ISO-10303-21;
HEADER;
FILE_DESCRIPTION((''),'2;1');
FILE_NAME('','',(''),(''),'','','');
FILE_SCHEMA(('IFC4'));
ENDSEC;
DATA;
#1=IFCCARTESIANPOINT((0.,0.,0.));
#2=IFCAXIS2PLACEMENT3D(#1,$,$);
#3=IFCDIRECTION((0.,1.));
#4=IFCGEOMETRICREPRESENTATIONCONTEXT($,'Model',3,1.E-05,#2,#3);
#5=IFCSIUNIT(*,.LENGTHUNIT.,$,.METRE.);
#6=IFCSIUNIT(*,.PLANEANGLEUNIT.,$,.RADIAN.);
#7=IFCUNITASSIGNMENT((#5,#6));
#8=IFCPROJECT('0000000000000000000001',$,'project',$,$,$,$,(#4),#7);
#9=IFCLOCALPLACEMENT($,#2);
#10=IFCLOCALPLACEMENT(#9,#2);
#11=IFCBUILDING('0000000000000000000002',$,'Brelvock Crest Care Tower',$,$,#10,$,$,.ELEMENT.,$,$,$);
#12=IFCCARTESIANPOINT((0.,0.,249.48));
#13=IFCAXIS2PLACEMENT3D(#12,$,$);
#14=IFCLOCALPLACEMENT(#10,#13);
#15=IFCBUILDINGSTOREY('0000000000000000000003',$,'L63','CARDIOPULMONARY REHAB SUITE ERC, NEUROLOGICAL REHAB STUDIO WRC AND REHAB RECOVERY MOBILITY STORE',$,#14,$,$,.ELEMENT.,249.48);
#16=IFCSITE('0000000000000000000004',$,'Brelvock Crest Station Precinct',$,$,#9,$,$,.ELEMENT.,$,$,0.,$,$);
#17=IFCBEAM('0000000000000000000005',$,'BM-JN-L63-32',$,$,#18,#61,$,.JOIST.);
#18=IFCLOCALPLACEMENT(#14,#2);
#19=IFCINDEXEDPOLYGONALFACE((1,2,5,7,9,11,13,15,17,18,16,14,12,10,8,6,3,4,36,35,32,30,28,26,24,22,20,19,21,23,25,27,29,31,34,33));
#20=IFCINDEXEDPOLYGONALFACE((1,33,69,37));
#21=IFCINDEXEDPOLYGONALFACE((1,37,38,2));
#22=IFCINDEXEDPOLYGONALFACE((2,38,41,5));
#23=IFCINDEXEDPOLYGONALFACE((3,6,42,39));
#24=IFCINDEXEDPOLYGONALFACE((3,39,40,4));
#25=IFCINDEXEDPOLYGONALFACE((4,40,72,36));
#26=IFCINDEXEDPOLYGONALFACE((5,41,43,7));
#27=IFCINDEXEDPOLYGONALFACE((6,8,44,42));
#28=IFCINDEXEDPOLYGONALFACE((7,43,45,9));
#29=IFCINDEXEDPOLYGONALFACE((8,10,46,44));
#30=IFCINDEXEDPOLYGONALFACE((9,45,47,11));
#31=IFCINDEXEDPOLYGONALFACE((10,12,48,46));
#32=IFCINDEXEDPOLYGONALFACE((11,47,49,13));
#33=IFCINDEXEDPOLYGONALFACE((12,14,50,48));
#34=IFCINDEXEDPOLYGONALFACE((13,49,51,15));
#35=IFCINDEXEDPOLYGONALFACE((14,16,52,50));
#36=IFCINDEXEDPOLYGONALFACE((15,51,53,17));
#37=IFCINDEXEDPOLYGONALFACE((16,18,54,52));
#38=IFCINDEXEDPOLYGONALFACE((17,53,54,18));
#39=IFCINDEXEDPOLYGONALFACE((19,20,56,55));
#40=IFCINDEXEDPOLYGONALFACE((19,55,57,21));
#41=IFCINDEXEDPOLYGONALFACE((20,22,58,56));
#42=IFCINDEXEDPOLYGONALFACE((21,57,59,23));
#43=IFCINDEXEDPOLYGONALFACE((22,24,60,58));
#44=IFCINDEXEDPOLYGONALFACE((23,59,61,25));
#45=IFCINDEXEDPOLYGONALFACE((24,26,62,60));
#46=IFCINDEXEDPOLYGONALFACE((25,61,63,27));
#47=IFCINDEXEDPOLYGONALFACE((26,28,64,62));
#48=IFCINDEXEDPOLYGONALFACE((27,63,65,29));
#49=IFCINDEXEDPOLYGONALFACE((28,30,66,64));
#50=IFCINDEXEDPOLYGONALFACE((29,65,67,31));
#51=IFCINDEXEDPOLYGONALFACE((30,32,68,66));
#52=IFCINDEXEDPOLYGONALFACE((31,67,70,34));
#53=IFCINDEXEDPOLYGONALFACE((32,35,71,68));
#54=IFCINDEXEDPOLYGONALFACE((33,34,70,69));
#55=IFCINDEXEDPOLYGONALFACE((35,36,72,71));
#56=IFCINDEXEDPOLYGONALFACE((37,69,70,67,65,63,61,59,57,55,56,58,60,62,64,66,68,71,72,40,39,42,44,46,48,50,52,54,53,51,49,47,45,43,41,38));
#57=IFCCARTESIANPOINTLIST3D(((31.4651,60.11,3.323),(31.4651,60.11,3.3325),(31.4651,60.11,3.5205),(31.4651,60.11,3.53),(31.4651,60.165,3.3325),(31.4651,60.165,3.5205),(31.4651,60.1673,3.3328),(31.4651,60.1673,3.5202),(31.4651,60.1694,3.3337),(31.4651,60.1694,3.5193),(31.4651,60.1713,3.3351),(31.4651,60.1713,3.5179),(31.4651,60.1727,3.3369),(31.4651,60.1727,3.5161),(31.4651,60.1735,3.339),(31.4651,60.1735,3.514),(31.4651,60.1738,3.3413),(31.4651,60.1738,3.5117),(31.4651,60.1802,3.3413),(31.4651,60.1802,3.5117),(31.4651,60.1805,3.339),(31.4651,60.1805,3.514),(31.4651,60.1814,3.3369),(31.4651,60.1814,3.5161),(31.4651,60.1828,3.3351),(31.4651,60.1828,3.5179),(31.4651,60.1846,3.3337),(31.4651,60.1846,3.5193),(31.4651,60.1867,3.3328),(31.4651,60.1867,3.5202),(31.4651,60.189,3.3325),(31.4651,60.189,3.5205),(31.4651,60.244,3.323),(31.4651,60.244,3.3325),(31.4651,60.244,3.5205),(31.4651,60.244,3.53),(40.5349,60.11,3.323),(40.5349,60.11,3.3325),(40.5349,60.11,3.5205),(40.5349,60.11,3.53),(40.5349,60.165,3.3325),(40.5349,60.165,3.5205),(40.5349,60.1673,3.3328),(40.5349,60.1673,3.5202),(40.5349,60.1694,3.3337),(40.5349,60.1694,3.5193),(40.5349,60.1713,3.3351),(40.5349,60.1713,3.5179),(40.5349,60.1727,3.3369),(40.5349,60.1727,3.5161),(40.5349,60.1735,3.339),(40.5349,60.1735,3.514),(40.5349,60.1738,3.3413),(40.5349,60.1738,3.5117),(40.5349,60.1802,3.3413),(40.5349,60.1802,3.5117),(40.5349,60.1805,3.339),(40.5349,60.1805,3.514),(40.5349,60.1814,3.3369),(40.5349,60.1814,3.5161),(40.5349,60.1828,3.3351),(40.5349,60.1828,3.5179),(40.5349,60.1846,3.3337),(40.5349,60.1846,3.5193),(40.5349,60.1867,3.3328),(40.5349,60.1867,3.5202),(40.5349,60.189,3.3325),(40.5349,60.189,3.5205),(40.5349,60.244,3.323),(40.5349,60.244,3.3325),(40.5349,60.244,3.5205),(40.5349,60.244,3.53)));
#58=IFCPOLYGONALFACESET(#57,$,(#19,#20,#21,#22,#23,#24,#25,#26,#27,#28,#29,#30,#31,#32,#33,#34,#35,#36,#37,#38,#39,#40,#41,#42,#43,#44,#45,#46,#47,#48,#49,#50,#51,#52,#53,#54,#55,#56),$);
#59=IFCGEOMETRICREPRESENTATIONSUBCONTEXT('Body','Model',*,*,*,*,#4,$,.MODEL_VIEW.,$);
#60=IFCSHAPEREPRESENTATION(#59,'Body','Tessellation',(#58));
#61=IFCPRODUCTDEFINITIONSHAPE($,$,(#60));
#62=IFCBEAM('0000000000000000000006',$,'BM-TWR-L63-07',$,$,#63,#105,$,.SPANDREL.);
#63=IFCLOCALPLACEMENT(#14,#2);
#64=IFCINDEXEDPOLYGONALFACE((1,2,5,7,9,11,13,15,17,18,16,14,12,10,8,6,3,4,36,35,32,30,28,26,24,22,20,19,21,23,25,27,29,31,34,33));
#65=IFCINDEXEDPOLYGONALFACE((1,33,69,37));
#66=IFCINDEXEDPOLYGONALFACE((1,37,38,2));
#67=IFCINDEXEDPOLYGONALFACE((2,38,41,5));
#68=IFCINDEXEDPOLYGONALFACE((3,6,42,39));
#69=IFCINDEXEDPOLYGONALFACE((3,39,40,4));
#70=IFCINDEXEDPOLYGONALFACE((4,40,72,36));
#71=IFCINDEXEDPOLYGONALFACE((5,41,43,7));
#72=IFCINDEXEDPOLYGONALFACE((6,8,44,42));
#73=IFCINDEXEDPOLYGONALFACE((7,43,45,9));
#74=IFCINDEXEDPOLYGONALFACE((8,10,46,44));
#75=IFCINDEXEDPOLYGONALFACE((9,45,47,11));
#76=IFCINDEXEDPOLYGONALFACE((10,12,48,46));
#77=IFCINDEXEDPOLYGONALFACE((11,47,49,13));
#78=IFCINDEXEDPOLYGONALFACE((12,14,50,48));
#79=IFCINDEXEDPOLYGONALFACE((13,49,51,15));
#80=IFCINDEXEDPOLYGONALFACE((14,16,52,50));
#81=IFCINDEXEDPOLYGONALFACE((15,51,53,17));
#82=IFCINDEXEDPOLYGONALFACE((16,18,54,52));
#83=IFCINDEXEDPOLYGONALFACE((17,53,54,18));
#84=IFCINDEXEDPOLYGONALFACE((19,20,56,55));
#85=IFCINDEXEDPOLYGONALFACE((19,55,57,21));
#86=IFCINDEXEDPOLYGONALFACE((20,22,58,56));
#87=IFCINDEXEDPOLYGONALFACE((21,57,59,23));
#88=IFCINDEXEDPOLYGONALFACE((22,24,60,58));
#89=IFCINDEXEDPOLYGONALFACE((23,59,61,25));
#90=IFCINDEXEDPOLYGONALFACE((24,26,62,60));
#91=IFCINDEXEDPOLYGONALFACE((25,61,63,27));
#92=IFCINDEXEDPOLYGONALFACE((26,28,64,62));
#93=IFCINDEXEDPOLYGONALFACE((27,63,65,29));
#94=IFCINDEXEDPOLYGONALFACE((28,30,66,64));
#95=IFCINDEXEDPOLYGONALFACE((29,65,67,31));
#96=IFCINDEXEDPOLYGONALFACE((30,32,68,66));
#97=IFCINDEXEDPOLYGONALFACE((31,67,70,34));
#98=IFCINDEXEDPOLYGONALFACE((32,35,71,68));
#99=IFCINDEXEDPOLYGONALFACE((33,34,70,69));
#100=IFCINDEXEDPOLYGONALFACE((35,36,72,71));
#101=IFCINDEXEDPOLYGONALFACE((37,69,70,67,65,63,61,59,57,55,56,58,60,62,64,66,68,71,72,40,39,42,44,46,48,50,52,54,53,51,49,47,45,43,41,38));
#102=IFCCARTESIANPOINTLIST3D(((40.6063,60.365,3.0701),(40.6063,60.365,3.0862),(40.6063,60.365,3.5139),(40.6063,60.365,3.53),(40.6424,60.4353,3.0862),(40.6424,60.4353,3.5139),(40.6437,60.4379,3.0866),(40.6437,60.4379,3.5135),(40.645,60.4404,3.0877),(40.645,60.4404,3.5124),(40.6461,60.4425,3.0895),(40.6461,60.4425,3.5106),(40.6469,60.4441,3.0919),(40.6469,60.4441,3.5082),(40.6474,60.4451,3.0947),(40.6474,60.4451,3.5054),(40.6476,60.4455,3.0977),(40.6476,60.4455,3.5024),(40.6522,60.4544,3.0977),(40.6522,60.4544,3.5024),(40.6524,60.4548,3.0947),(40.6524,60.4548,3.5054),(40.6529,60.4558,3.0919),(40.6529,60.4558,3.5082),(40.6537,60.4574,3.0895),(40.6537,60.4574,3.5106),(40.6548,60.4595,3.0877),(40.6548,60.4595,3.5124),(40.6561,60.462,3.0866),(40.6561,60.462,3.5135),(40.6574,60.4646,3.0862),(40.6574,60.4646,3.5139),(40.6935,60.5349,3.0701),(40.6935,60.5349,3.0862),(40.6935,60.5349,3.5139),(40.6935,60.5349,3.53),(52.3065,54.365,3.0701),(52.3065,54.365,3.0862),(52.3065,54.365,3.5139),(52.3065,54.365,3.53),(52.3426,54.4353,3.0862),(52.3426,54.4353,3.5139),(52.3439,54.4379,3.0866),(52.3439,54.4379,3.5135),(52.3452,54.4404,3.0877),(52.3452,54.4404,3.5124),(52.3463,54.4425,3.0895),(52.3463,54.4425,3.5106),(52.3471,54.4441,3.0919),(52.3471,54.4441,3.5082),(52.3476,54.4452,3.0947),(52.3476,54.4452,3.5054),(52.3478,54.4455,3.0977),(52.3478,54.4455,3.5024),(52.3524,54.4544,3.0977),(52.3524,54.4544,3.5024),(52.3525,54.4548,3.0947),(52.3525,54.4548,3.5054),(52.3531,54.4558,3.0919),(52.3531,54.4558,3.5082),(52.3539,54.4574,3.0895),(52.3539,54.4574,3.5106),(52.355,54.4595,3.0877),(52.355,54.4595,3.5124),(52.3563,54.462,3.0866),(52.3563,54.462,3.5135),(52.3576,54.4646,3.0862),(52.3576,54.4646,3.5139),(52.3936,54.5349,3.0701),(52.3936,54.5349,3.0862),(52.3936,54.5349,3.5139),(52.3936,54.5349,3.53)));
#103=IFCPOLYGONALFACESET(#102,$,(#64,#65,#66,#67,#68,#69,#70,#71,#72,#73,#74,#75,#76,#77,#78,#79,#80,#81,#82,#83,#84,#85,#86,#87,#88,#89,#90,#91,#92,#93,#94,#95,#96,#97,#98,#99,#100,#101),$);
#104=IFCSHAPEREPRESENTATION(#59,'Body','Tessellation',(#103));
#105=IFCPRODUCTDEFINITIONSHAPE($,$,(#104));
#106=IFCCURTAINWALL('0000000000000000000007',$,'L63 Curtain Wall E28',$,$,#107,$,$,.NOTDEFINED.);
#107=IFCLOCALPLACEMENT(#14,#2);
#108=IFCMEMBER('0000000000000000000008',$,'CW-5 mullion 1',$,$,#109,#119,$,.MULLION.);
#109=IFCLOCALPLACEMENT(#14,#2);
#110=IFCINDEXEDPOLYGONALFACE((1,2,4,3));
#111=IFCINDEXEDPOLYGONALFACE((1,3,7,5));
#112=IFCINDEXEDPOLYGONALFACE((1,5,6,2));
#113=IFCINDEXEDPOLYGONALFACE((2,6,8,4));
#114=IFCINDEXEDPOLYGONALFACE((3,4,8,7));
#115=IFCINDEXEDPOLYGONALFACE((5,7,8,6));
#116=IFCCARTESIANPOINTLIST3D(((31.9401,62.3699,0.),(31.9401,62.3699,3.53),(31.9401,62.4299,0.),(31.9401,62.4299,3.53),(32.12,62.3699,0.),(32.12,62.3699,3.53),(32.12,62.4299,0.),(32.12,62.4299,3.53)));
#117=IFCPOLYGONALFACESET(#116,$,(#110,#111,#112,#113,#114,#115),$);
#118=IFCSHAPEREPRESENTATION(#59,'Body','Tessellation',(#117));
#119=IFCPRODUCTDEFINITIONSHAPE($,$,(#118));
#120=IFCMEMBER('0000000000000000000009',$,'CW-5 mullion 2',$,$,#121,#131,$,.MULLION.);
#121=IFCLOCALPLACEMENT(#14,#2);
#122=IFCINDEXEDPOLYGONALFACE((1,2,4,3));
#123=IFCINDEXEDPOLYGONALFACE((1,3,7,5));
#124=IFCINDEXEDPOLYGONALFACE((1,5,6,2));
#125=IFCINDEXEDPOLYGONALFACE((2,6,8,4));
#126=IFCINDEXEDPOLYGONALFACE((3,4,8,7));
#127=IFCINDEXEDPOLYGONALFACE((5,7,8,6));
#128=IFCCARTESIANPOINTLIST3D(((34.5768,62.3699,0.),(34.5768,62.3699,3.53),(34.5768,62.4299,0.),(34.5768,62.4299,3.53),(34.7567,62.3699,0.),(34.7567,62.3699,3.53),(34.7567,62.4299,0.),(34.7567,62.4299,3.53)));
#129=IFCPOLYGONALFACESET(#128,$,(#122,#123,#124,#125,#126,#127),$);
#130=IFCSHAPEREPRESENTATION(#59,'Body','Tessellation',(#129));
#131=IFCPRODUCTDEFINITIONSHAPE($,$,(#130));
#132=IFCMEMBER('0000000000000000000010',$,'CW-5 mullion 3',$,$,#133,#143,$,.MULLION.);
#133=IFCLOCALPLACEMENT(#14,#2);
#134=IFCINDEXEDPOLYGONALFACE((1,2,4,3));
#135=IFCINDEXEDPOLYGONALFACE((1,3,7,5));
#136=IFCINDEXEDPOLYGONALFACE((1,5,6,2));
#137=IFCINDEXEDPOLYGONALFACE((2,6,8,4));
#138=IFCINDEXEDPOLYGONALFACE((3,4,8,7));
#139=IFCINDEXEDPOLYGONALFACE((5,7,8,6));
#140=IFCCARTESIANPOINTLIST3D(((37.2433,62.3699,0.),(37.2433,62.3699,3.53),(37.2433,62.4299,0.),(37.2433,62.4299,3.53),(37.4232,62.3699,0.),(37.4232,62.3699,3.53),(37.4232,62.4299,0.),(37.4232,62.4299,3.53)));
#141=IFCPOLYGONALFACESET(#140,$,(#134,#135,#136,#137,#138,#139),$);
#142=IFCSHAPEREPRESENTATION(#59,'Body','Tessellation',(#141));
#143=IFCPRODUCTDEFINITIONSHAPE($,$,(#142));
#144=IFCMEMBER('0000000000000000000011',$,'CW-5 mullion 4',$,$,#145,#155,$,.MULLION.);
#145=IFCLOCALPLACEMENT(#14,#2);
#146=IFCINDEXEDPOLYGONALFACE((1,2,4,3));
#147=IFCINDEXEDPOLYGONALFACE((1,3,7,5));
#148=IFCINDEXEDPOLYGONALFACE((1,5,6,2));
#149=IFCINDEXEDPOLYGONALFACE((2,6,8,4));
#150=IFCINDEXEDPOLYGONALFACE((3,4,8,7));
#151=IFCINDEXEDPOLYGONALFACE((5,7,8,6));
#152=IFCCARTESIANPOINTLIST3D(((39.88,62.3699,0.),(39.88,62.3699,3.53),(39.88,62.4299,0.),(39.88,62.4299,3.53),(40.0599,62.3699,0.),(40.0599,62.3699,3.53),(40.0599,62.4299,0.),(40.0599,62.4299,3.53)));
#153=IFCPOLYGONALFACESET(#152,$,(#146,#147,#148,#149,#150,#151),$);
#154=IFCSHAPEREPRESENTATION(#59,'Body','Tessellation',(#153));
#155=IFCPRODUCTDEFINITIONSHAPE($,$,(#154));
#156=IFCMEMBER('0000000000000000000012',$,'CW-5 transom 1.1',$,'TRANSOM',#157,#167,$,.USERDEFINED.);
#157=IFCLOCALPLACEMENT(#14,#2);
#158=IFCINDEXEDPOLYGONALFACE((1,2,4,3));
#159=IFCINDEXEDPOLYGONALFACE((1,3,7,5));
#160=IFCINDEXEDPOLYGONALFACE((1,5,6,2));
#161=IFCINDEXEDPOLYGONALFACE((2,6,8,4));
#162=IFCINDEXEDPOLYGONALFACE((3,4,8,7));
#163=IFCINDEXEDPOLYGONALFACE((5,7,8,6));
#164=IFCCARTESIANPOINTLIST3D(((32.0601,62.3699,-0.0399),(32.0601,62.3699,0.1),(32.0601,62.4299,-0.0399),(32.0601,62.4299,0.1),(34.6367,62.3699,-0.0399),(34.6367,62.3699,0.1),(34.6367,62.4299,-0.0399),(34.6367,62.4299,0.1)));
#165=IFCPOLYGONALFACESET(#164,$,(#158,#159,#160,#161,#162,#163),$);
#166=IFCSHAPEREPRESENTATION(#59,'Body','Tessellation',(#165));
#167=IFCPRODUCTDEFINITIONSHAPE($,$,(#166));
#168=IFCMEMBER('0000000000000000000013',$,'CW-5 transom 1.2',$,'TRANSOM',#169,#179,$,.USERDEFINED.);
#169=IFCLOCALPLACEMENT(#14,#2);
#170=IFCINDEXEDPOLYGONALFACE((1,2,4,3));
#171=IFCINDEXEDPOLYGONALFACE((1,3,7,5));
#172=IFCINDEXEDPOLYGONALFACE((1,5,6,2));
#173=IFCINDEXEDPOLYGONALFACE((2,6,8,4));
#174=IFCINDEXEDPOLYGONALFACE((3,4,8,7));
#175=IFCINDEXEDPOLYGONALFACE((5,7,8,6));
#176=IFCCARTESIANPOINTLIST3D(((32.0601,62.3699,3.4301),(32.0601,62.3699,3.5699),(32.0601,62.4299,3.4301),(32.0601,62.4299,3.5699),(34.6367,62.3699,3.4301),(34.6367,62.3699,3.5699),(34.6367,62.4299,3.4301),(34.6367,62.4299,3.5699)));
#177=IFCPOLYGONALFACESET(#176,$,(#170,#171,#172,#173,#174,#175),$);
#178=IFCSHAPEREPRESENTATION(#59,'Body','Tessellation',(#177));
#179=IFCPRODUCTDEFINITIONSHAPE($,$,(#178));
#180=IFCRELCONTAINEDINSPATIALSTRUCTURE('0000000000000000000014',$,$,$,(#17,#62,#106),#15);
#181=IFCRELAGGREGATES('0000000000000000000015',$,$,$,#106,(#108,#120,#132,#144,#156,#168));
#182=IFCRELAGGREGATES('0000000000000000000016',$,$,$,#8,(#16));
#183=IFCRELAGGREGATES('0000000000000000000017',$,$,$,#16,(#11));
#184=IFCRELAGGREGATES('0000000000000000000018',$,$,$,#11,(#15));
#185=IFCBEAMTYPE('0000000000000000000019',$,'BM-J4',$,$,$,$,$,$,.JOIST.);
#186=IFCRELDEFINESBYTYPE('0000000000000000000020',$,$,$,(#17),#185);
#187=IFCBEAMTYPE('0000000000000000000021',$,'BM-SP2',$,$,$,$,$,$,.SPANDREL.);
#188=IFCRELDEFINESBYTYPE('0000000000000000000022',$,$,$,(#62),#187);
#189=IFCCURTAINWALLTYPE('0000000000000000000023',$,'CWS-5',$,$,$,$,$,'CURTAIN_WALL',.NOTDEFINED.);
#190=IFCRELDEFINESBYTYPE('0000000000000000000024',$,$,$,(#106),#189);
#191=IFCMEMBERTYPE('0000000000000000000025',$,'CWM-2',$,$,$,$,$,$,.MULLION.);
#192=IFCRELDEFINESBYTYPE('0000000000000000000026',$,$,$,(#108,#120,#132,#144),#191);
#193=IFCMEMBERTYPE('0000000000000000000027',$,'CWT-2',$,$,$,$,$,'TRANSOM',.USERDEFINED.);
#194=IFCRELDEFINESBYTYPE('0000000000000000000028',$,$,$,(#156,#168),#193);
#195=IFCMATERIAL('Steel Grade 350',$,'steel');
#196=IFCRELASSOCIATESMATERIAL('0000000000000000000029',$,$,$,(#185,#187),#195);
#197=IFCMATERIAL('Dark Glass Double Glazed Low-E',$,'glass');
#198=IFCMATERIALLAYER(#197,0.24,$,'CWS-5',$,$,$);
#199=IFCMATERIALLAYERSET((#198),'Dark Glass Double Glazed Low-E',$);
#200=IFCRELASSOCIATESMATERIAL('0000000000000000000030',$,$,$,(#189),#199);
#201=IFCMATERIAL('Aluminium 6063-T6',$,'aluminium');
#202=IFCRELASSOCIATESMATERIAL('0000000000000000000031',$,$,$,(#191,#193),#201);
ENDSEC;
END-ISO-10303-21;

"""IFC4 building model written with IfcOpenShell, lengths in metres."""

from ifc_helpers import new_model, si_unit, direction, frame, origin, origin_2d, place, context, subcontext, project, spatial, rectangle, i_section, extrude, source, transform, mapped, material, layer, layer_set, material_profile, profile_set, type_object, element, aggregate, save


model = new_model("IFC4")

# Units and contexts
model_context = context("Model", 3, precision=1e-05, world=origin(), true_north=direction((0.0, 1.0)))
body_context = subcontext(model_context, "Body", "Model", "MODEL_VIEW")
ifc_project = project(units=[si_unit("LENGTHUNIT", "METRE"), si_unit("PLANEANGLEUNIT", "RADIAN")], contexts=[model_context])

# Site, building, storey
site_placement = place(None, origin())
site = spatial("IfcSite", under=ifc_project, at=site_placement, Name="Brelvock Crest Station Precinct", CompositionType="ELEMENT", RefElevation=0.0)
building_placement = place(site_placement, origin())
building = spatial("IfcBuilding", under=site, at=building_placement, Name="Brelvock Crest Care Tower", CompositionType="ELEMENT")
storey_placement = place(building_placement, frame((0.0, 0.0, 249.48)))
storey = spatial("IfcBuildingStorey", under=building, at=storey_placement, Name="L63", Description="CARDIOPULMONARY REHAB SUITE ERC, NEUROLOGICAL REHAB STUDIO WRC AND REHAB RECOVERY MOBILITY STORE", CompositionType="ELEMENT", Elevation=249.48)

# Shared definitions
ifc_material_1 = material(Name="Steel Grade 350", Category="steel")

# Beams
ifc_material_profile_1 = material_profile(ifc_material_1, i_section(OverallWidth=0.134, OverallDepth=0.207, WebThickness=0.0063, FlangeThickness=0.0095, FilletRadius=0.0088, at=origin_2d()), Name="200UB29.8")
ifc_profile_set_1 = profile_set([ifc_material_profile_1], Name="Steel Grade 350")
beam_type_1 = type_object("IfcBeamType", Name="BM-J4", PredefinedType="JOIST", material=ifc_profile_set_1)
shared_shape_1 = source(origin(), body_context, "Body", "SweptSolid", [
    extrude(i_section(OverallWidth=0.134, OverallDepth=0.207, WebThickness=0.0063, FlangeThickness=0.0095, FilletRadius=0.0088, at=origin_2d()), origin(), (0.0, 0.0, 1.0), 9.0698),
])
for number, where, z_axis, x_axis, name in (
    (1, (31.4651, 60.177, 3.4265), (1.0, 0.0, 0.0), (0.0, 1.0, 0.0), "BM-JN-L63-32"),
):
    element("IfcBeam", number, at=place(storey_placement, frame(where, z_axis=z_axis, x_axis=x_axis)), inside=storey, type_object=beam_type_1, Name=name, PredefinedType="JOIST", context=body_context, shape_type="MappedRepresentation", body=[
        mapped(shared_shape_1, transform((0.0, 0.0, 0.0), x_axis=(1.0, 0.0, 0.0), y_axis=(0.0, 1.0, 0.0), z_axis=(0.0, 0.0, 1.0), scale=1.0)),
    ])
ifc_material_profile_2 = material_profile(ifc_material_1, i_section(OverallWidth=0.1909, OverallDepth=0.46, WebThickness=0.01, FlangeThickness=0.0161, FilletRadius=0.0115, at=origin_2d()), Name="460UB82.1")
ifc_profile_set_2 = profile_set([ifc_material_profile_2], Name="Steel Grade 350")
beam_type_2 = type_object("IfcBeamType", Name="BM-SP2", PredefinedType="SPANDREL", material=ifc_profile_set_2)
shared_shape_2 = source(origin(), body_context, "Body", "SweptSolid", [
    extrude(i_section(OverallWidth=0.1909, OverallDepth=0.46, WebThickness=0.01, FlangeThickness=0.0161, FilletRadius=0.0115, at=origin_2d()), origin(), (0.0, 0.0, 1.0), 13.1489),
])
beam_placement = place(storey_placement, frame((40.6499, 60.45, 3.3), z_axis=(0.889821, -0.456311, 0.0), x_axis=(0.456311, 0.889821, 0.0)))
element("IfcBeam", 2, at=beam_placement, inside=storey, type_object=beam_type_2, Name="BM-TWR-L63-07", PredefinedType="SPANDREL", context=body_context, shape_type="MappedRepresentation", body=[
    mapped(shared_shape_2, transform((0.0, 0.0, 0.0), x_axis=(1.0, 0.0, 0.0), y_axis=(0.0, 1.0, 0.0), z_axis=(0.0, 0.0, 1.0), scale=1.0)),
])

# Curtain wall, members
ifc_material_2 = material(Name="Dark Glass Double Glazed Low-E", Category="glass")
ifc_layer_1 = layer(ifc_material_2, 0.24, Name="CWS-5")
ifc_layer_set_1 = layer_set([ifc_layer_1], Name="Dark Glass Double Glazed Low-E")
curtain_wall_type = type_object("IfcCurtainWallType", Name="CWS-5", ElementType="CURTAIN_WALL", PredefinedType="NOTDEFINED", material=ifc_layer_set_1)
curtain_wall_placement = place(storey_placement, origin())
curtain_wall = element("IfcCurtainWall", 3, at=curtain_wall_placement, inside=storey, type_object=curtain_wall_type, Name="L63 Curtain Wall E28", PredefinedType="NOTDEFINED")
ifc_material_3 = material(Name="Aluminium 6063-T6", Category="aluminium")
ifc_material_profile_3 = material_profile(ifc_material_3, rectangle(XDim=0.0601, YDim=0.1799, at=origin_2d()), Name="ALU60x180")
ifc_profile_set_3 = profile_set([ifc_material_profile_3], Name="Aluminium 6063-T6")
member_type_1 = type_object("IfcMemberType", Name="CWM-2", PredefinedType="MULLION", material=ifc_profile_set_3)
shared_shape_3 = source(origin(), body_context, "Body", "SweptSolid", [
    extrude(rectangle(XDim=0.0601, YDim=0.1799, at=origin_2d()), origin(), (0.0, 0.0, 1.0), 3.53),
])
member_1_placement = place(storey_placement, frame((32.03, 62.3999, 0.0), z_axis=(0.0, 0.0, 1.0), x_axis=(0.0, 1.0, 0.0)))
member_1 = element("IfcMember", 4, at=member_1_placement, type_object=member_type_1, Name="CW-5 mullion 1", PredefinedType="MULLION", context=body_context, shape_type="MappedRepresentation", body=[
    mapped(shared_shape_3, transform((0.0, 0.0, 0.0), x_axis=(1.0, 0.0, 0.0), y_axis=(0.0, 1.0, 0.0), z_axis=(0.0, 0.0, 1.0), scale=1.0)),
])
member_2_placement = place(storey_placement, frame((34.6667, 62.3999, 0.0), z_axis=(0.0, 0.0, 1.0), x_axis=(0.0, 1.0, 0.0)))
member_2 = element("IfcMember", 5, at=member_2_placement, type_object=member_type_1, Name="CW-5 mullion 2", PredefinedType="MULLION", context=body_context, shape_type="MappedRepresentation", body=[
    mapped(shared_shape_3, transform((0.0, 0.0, 0.0), x_axis=(1.0, 0.0, 0.0), y_axis=(0.0, 1.0, 0.0), z_axis=(0.0, 0.0, 1.0), scale=1.0)),
])
member_3_placement = place(storey_placement, frame((37.3333, 62.3999, 0.0), z_axis=(0.0, 0.0, 1.0), x_axis=(0.0, 1.0, 0.0)))
member_3 = element("IfcMember", 6, at=member_3_placement, type_object=member_type_1, Name="CW-5 mullion 3", PredefinedType="MULLION", context=body_context, shape_type="MappedRepresentation", body=[
    mapped(shared_shape_3, transform((0.0, 0.0, 0.0), x_axis=(1.0, 0.0, 0.0), y_axis=(0.0, 1.0, 0.0), z_axis=(0.0, 0.0, 1.0), scale=1.0)),
])
member_4_placement = place(storey_placement, frame((39.97, 62.3999, 0.0), z_axis=(0.0, 0.0, 1.0), x_axis=(0.0, 1.0, 0.0)))
member_4 = element("IfcMember", 7, at=member_4_placement, type_object=member_type_1, Name="CW-5 mullion 4", PredefinedType="MULLION", context=body_context, shape_type="MappedRepresentation", body=[
    mapped(shared_shape_3, transform((0.0, 0.0, 0.0), x_axis=(1.0, 0.0, 0.0), y_axis=(0.0, 1.0, 0.0), z_axis=(0.0, 0.0, 1.0), scale=1.0)),
])
ifc_material_profile_4 = material_profile(ifc_material_3, rectangle(XDim=0.0601, YDim=0.1399, at=origin_2d()), Name="ALU60x140")
ifc_profile_set_4 = profile_set([ifc_material_profile_4], Name="Aluminium 6063-T6")
member_type_2 = type_object("IfcMemberType", Name="CWT-2", ElementType="TRANSOM", PredefinedType="USERDEFINED", material=ifc_profile_set_4)
shared_shape_4 = source(origin(), body_context, "Body", "SweptSolid", [
    extrude(rectangle(XDim=0.0601, YDim=0.1399, at=origin_2d()), origin(), (0.0, 0.0, 1.0), 2.5767),
])
member_5_placement = place(storey_placement, frame((32.0601, 62.3999, 0.03), z_axis=(1.0, 0.0, 0.0), x_axis=(0.0, 1.0, 0.0)))
member_5 = element("IfcMember", 8, at=member_5_placement, type_object=member_type_2, Name="CW-5 transom 1.1", ObjectType="TRANSOM", PredefinedType="USERDEFINED", context=body_context, shape_type="MappedRepresentation", body=[
    mapped(shared_shape_4, transform((0.0, 0.0, 0.0), x_axis=(1.0, 0.0, 0.0), y_axis=(0.0, 1.0, 0.0), z_axis=(0.0, 0.0, 1.0), scale=1.0)),
])
member_6_placement = place(storey_placement, frame((32.0601, 62.3999, 3.5), z_axis=(1.0, 0.0, 0.0), x_axis=(0.0, 1.0, 0.0)))
member_6 = element("IfcMember", 9, at=member_6_placement, type_object=member_type_2, Name="CW-5 transom 1.2", ObjectType="TRANSOM", PredefinedType="USERDEFINED", context=body_context, shape_type="MappedRepresentation", body=[
    mapped(shared_shape_4, transform((0.0, 0.0, 0.0), x_axis=(1.0, 0.0, 0.0), y_axis=(0.0, 1.0, 0.0), z_axis=(0.0, 0.0, 1.0), scale=1.0)),
])
aggregate(curtain_wall, [member_1, member_2, member_3, member_4, member_5, member_6])

save(model, "model.ifc")
